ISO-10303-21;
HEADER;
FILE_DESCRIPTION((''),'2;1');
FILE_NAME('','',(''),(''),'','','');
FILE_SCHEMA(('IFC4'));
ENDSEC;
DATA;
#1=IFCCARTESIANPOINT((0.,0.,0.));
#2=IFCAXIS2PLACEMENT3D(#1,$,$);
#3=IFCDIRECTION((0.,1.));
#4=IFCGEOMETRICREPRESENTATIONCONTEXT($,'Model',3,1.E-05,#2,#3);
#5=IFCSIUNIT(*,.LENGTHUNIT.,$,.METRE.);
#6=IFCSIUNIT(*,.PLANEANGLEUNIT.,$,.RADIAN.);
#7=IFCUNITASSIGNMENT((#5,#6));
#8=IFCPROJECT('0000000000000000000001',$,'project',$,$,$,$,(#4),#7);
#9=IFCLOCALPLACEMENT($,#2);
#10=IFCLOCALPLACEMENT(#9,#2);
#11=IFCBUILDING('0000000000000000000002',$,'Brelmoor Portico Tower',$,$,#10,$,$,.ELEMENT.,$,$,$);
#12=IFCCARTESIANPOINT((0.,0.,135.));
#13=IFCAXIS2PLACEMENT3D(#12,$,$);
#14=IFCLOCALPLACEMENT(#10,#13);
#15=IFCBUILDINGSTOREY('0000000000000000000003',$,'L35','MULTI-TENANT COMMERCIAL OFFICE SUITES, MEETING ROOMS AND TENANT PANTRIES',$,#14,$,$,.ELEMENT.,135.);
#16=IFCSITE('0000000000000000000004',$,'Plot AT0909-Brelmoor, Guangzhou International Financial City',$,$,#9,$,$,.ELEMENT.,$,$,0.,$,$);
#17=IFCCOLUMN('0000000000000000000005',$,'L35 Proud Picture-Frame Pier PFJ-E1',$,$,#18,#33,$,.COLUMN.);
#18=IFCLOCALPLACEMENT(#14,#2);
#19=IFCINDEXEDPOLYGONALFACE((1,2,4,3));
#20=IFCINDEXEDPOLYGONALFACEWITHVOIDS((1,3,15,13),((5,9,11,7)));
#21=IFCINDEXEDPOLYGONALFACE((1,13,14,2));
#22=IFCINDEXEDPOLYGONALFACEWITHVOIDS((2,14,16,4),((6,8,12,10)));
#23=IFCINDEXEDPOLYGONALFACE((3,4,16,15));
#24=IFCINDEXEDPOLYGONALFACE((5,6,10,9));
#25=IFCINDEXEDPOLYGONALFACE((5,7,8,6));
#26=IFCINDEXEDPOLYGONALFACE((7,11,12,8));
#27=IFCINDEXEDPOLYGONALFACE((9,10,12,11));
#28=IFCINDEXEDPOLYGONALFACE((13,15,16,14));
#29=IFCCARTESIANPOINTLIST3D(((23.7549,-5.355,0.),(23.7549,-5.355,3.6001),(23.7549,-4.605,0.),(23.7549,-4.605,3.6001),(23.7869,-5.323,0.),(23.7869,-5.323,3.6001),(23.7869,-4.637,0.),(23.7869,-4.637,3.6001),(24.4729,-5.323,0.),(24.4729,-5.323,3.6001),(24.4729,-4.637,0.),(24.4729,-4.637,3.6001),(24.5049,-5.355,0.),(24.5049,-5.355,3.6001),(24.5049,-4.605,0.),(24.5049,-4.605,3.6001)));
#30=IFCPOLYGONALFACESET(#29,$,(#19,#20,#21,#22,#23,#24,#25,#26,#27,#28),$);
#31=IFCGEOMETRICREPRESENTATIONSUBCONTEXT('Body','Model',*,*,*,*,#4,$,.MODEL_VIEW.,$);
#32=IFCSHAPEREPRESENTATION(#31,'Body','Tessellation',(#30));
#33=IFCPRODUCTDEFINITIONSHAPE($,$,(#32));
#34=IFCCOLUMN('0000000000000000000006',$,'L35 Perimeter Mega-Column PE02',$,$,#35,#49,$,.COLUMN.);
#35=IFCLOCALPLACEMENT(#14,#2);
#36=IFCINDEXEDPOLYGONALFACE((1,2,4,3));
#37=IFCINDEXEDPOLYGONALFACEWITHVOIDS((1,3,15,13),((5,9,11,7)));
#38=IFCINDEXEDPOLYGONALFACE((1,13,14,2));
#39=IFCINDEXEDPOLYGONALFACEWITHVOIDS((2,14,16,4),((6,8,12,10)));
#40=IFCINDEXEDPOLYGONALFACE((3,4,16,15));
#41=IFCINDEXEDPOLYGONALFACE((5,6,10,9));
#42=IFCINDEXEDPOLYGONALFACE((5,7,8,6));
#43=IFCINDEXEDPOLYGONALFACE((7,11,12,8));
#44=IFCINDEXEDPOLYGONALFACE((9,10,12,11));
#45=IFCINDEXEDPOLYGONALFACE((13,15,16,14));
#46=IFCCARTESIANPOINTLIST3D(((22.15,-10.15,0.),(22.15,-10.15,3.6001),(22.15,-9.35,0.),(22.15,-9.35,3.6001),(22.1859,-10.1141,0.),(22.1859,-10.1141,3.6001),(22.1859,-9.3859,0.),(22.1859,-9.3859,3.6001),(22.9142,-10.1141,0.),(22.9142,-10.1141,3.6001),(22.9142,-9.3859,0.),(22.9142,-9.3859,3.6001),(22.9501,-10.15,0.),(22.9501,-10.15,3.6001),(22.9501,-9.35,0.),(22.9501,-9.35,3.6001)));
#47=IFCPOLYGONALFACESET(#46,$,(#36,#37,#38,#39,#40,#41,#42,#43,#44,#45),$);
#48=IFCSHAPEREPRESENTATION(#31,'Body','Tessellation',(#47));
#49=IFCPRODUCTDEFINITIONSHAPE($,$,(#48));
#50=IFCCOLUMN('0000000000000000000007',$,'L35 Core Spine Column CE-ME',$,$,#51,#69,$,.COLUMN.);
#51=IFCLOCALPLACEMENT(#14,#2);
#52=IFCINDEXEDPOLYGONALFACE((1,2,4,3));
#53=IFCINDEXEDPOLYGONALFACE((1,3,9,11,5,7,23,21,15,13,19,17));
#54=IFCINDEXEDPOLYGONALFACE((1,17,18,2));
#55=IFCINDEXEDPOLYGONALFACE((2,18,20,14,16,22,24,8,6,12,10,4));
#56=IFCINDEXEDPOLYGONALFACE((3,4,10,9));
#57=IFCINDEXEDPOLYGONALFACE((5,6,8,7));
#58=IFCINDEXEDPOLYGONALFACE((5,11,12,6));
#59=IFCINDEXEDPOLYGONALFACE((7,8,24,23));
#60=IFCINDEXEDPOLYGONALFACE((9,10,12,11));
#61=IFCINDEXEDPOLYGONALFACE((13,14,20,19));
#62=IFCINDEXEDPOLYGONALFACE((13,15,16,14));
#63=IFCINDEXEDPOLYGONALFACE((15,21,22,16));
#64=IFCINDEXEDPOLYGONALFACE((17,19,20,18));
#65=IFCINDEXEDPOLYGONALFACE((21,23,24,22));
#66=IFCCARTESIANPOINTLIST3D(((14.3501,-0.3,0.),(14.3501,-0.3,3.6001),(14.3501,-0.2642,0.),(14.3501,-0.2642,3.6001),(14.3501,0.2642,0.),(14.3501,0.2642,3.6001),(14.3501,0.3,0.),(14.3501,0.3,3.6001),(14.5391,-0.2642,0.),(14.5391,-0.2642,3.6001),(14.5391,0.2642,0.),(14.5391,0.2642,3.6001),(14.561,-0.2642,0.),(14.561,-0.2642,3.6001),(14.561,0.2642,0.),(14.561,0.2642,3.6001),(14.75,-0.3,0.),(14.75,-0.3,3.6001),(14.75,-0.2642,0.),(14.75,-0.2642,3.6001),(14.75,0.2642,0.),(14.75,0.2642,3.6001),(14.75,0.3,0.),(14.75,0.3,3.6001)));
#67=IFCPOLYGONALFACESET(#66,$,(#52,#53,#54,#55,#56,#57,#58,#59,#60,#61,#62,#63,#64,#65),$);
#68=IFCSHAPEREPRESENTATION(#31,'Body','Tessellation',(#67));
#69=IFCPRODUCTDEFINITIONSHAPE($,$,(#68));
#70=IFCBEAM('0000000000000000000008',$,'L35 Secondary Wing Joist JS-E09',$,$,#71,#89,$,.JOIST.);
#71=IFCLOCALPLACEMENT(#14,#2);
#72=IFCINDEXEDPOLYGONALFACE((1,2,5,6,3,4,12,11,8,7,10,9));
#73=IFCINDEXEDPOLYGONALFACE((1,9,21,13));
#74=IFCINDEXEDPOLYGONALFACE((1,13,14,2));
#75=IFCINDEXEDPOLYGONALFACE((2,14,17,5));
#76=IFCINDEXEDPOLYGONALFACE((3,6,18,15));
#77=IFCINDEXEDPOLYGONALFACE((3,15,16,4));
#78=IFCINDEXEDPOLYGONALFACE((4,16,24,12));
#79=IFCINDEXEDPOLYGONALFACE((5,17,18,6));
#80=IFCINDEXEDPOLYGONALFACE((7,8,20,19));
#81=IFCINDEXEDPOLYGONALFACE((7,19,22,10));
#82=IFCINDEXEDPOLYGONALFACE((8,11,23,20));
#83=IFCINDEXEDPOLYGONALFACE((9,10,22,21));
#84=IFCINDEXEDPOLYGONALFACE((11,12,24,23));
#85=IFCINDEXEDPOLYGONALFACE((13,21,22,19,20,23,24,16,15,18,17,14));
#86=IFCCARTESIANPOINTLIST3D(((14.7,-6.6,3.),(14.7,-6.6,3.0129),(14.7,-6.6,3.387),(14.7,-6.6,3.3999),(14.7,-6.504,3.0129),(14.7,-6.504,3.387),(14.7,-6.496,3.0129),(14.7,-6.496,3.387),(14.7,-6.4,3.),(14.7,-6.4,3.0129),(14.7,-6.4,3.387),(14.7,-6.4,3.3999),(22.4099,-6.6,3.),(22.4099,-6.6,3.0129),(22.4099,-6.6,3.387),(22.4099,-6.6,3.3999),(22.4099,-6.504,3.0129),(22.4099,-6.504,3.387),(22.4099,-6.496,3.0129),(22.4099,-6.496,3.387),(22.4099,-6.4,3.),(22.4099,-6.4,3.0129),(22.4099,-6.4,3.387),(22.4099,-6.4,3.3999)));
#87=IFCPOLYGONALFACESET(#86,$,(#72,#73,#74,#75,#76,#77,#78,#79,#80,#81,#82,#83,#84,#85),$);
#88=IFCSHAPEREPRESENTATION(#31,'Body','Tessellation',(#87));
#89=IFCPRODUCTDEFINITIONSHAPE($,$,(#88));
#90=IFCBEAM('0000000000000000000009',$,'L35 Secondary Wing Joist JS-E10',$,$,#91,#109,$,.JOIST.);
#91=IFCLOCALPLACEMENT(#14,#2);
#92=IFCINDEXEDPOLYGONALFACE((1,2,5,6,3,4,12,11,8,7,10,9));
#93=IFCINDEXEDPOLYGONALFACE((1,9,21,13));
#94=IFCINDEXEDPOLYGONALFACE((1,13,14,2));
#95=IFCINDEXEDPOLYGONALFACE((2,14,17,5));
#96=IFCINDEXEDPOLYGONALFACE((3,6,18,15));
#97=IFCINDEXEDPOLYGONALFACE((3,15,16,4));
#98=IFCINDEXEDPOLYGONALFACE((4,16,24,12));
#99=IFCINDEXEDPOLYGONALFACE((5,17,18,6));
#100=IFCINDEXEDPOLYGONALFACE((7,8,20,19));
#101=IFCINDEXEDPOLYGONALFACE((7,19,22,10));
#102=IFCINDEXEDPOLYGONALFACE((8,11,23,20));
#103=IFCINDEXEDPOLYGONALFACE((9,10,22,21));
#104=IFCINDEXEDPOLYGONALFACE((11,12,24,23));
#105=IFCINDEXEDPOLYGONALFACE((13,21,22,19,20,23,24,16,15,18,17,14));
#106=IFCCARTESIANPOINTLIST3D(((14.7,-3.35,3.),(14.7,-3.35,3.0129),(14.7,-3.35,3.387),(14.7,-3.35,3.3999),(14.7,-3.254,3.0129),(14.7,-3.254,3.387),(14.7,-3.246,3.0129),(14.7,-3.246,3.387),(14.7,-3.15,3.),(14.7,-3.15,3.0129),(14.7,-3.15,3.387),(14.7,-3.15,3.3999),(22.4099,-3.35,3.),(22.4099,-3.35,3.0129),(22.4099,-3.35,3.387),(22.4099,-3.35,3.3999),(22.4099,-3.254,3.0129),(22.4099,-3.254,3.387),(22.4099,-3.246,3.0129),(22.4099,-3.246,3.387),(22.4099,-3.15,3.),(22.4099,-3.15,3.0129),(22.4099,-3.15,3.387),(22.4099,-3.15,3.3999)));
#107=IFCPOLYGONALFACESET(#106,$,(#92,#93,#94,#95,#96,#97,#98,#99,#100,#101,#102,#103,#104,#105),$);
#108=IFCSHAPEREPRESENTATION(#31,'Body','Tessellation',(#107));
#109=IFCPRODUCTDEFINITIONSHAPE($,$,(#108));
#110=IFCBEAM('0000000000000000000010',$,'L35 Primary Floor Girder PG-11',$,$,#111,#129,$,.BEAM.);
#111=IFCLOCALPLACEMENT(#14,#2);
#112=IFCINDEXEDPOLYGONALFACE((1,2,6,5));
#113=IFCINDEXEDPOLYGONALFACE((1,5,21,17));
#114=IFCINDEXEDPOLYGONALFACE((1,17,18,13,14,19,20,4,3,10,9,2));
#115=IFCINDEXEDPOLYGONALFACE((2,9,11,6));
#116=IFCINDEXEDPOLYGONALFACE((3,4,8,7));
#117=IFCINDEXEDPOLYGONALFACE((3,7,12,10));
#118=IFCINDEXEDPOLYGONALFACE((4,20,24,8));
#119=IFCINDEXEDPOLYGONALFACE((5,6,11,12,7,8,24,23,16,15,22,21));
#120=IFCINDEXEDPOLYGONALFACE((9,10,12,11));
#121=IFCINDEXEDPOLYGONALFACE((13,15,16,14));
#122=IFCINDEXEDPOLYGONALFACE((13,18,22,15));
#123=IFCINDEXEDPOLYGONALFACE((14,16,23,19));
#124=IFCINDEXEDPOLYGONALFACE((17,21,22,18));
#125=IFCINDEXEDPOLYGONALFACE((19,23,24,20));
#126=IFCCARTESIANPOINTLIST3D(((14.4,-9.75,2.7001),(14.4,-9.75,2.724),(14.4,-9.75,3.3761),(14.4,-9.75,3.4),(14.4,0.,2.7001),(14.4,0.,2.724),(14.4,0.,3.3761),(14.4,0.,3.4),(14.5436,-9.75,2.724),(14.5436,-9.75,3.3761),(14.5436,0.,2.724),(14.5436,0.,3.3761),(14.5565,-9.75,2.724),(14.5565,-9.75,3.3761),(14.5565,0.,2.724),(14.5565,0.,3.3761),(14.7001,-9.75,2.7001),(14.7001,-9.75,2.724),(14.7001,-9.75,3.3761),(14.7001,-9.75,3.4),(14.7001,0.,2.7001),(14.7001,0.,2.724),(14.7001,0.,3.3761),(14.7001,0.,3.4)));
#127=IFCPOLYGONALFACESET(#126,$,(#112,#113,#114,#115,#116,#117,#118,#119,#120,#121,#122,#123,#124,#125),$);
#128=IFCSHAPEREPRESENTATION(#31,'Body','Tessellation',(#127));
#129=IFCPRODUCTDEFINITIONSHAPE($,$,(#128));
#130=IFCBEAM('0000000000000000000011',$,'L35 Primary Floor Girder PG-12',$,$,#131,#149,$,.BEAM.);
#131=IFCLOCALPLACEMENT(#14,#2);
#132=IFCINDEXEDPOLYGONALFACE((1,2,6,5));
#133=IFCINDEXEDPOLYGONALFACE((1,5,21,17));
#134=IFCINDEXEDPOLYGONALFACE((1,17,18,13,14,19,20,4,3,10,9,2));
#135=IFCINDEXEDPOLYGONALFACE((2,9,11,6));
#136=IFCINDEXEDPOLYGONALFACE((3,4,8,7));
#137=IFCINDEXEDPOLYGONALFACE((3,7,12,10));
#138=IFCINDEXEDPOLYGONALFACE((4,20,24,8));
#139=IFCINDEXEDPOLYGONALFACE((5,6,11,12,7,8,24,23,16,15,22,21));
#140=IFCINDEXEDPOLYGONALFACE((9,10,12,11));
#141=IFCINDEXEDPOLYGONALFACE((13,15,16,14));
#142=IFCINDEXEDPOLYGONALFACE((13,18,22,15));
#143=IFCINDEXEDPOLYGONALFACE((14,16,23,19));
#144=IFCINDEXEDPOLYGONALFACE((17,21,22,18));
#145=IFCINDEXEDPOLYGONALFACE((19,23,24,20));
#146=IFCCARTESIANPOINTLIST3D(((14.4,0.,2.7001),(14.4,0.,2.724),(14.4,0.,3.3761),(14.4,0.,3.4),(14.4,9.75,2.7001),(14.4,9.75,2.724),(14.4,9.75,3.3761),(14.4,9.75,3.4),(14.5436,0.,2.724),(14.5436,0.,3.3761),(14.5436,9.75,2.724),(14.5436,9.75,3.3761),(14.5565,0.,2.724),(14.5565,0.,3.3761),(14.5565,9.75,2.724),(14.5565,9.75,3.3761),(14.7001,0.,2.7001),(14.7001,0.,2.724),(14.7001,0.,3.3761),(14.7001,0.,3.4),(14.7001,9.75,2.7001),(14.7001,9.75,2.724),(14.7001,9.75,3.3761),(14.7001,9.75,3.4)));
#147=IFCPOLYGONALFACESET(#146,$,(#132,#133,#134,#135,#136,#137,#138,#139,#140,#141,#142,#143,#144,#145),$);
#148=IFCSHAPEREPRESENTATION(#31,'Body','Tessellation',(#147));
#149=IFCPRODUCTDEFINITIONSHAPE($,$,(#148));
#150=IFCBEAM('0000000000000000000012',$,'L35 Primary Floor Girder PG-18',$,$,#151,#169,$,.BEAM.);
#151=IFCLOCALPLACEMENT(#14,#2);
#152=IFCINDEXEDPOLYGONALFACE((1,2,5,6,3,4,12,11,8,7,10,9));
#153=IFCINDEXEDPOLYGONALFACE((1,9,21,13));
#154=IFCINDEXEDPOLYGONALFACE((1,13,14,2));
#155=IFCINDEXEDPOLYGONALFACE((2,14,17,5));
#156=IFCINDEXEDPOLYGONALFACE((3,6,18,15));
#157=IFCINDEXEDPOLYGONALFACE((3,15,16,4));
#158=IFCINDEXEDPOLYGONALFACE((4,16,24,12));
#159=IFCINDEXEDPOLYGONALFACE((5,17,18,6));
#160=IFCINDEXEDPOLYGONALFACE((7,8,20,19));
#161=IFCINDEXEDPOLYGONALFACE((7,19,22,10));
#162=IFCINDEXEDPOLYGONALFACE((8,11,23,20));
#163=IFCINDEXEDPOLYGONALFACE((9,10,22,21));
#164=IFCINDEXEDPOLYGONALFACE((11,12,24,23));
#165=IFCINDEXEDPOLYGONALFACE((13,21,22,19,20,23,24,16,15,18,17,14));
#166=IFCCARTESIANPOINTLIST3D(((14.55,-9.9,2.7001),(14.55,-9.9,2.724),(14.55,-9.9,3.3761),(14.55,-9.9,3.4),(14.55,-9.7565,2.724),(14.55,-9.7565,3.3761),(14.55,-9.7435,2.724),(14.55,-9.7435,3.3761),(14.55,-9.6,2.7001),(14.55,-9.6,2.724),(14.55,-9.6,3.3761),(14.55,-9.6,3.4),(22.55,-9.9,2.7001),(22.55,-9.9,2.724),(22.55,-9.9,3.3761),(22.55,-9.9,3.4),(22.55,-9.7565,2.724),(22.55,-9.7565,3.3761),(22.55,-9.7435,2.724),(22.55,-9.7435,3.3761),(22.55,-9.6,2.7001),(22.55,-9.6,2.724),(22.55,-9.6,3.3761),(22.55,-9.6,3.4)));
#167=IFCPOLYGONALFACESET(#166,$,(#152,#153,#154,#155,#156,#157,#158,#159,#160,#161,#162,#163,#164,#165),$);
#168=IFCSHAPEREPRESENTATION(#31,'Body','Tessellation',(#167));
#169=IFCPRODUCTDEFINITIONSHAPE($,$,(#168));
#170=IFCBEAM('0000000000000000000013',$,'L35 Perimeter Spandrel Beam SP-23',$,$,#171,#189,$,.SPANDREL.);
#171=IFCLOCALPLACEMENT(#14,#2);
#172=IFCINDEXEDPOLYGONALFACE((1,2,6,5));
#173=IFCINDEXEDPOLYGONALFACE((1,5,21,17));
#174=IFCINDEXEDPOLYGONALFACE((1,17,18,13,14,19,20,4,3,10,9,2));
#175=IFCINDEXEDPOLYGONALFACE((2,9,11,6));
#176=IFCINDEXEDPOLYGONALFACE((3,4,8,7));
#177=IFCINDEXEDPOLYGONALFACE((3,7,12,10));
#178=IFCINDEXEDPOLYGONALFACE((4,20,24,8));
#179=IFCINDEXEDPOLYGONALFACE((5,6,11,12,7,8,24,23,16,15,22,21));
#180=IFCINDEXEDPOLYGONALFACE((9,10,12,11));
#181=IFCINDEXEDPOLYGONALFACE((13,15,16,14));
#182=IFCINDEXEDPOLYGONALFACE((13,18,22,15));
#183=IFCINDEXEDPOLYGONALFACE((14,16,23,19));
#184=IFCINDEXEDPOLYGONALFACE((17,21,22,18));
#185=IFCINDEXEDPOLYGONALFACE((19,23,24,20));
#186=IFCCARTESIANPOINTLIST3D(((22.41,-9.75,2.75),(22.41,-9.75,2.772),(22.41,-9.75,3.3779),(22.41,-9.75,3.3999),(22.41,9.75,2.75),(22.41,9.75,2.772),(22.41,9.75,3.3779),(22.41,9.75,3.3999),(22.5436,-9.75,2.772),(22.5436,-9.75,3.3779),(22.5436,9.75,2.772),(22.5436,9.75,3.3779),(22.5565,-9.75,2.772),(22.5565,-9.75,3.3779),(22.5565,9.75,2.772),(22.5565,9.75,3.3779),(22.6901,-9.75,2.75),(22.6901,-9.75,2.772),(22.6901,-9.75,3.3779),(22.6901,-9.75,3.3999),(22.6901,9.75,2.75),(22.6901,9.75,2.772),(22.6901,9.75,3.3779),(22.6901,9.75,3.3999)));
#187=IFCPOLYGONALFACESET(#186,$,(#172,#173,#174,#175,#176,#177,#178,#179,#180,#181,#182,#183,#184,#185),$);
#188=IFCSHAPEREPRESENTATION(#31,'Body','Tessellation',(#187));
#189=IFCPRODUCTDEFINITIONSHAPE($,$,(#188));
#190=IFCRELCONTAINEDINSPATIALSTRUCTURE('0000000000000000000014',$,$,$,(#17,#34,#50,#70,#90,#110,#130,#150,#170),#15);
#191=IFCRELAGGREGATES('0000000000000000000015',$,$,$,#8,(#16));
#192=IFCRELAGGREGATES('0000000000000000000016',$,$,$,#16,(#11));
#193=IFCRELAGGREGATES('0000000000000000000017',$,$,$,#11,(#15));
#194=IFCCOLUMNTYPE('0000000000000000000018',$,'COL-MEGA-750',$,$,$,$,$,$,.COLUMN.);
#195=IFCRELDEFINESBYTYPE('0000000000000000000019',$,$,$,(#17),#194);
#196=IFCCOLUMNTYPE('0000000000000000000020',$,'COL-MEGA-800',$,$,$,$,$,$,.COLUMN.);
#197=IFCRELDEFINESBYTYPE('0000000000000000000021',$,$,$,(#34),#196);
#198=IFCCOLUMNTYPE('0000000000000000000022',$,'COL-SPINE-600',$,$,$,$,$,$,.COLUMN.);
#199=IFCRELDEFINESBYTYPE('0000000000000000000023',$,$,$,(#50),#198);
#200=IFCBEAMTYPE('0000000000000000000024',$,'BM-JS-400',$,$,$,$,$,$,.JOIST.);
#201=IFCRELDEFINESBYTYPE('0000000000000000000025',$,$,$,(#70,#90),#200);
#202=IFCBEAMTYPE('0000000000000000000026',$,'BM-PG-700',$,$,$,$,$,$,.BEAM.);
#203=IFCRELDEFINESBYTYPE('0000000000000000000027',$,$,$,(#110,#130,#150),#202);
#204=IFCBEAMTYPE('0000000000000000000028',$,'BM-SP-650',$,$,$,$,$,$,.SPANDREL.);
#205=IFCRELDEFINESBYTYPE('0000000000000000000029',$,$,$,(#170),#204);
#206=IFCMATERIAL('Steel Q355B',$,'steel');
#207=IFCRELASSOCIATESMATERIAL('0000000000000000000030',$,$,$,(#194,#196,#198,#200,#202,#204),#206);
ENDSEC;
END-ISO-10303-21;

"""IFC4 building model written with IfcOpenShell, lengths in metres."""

from ifc_helpers import new_model, si_unit, direction, frame, origin, origin_2d, place, context, subcontext, project, spatial, hollow_rectangle, i_section, extrude, material, material_profile, profile_set, type_object, element, save


model = new_model("IFC4")

# Units and contexts
model_context = context("Model", 3, precision=1e-05, world=origin(), true_north=direction((0.0, 1.0)))
body_context = subcontext(model_context, "Body", "Model", "MODEL_VIEW")
ifc_project = project(units=[si_unit("LENGTHUNIT", "METRE"), si_unit("PLANEANGLEUNIT", "RADIAN")], contexts=[model_context])

# Site, building, storey
site_placement = place(None, origin())
site = spatial("IfcSite", under=ifc_project, at=site_placement, Name="Plot AT0909-Brelmoor, Guangzhou International Financial City", CompositionType="ELEMENT", RefElevation=0.0)
building_placement = place(site_placement, origin())
building = spatial("IfcBuilding", under=site, at=building_placement, Name="Brelmoor Portico Tower", CompositionType="ELEMENT")
storey_placement = place(building_placement, frame((0.0, 0.0, 135.0)))
storey = spatial("IfcBuildingStorey", under=building, at=storey_placement, Name="L35", Description="MULTI-TENANT COMMERCIAL OFFICE SUITES, MEETING ROOMS AND TENANT PANTRIES", CompositionType="ELEMENT", Elevation=135.0)

# Columns
ifc_material_1 = material(Name="Steel Q355B", Category="steel")
ifc_material_profile_1 = material_profile(ifc_material_1, hollow_rectangle(XDim=0.75, YDim=0.75, WallThickness=0.032, at=origin_2d()), Name="BOX 750x750x32")
ifc_profile_set_1 = profile_set([ifc_material_profile_1], Name="Steel Q355B")
column_type_1 = type_object("IfcColumnType", Name="COL-MEGA-750", PredefinedType="COLUMN", material=ifc_profile_set_1)
column_1_placement = place(storey_placement, frame((24.1299, -4.98, 0.0), z_axis=(0.0, 0.0, 1.0), x_axis=(0.0, 1.0, 0.0)))
element("IfcColumn", 1, at=column_1_placement, inside=storey, type_object=column_type_1, Name="L35 Proud Picture-Frame Pier PFJ-E1", PredefinedType="COLUMN", context=body_context, shape_type="SweptSolid", body=[
    extrude(hollow_rectangle(XDim=0.75, YDim=0.75, WallThickness=0.032, at=origin_2d()), origin(), (0.0, 0.0, 1.0), 3.6001),
])
ifc_material_profile_2 = material_profile(ifc_material_1, hollow_rectangle(XDim=0.8, YDim=0.8, WallThickness=0.0359, at=origin_2d()), Name="BOX 800x800x36")
ifc_profile_set_2 = profile_set([ifc_material_profile_2], Name="Steel Q355B")
column_type_2 = type_object("IfcColumnType", Name="COL-MEGA-800", PredefinedType="COLUMN", material=ifc_profile_set_2)
column_2_placement = place(storey_placement, frame((22.55, -9.75, 0.0), z_axis=(0.0, 0.0, 1.0), x_axis=(0.0, 1.0, 0.0)))
element("IfcColumn", 2, at=column_2_placement, inside=storey, type_object=column_type_2, Name="L35 Perimeter Mega-Column PE02", PredefinedType="COLUMN", context=body_context, shape_type="SweptSolid", body=[
    extrude(hollow_rectangle(XDim=0.8, YDim=0.8, WallThickness=0.0359, at=origin_2d()), origin(), (0.0, 0.0, 1.0), 3.6001),
])
ifc_material_profile_3 = material_profile(ifc_material_1, i_section(OverallWidth=0.3999, OverallDepth=0.6001, WebThickness=0.022, FlangeThickness=0.0359, at=origin_2d()), Name="HW 600x400x22x36")
ifc_profile_set_3 = profile_set([ifc_material_profile_3], Name="Steel Q355B")
column_type_3 = type_object("IfcColumnType", Name="COL-SPINE-600", PredefinedType="COLUMN", material=ifc_profile_set_3)
column_3_placement = place(storey_placement, frame((14.55, 0.0, 0.0), z_axis=(0.0, 0.0, 1.0), x_axis=(1.0, 0.0, 0.0)))
element("IfcColumn", 3, at=column_3_placement, inside=storey, type_object=column_type_3, Name="L35 Core Spine Column CE-ME", PredefinedType="COLUMN", context=body_context, shape_type="SweptSolid", body=[
    extrude(i_section(OverallWidth=0.3999, OverallDepth=0.6001, WebThickness=0.022, FlangeThickness=0.0359, at=origin_2d()), origin(), (0.0, 0.0, 1.0), 3.6001),
])

# Beams
ifc_material_profile_4 = material_profile(ifc_material_1, i_section(OverallWidth=0.2, OverallDepth=0.3999, WebThickness=0.0081, FlangeThickness=0.0129, at=origin_2d()), Name="HN 400x200x8x13")
ifc_profile_set_4 = profile_set([ifc_material_profile_4], Name="Steel Q355B")
beam_type_1 = type_object("IfcBeamType", Name="BM-JS-400", PredefinedType="JOIST", material=ifc_profile_set_4)
for number, where, z_axis, x_axis, name in (
    (4, (14.7, -6.5, 3.2), (1.0, 0.0, 0.0), (0.0, 1.0, 0.0), "L35 Secondary Wing Joist JS-E09"),
    (5, (14.7, -3.25, 3.2), (1.0, 0.0, 0.0), (0.0, 1.0, 0.0), "L35 Secondary Wing Joist JS-E10"),
):
    element("IfcBeam", number, at=place(storey_placement, frame(where, z_axis=z_axis, x_axis=x_axis)), inside=storey, type_object=beam_type_1, Name=name, PredefinedType="JOIST", context=body_context, shape_type="SweptSolid", body=[
        extrude(i_section(OverallWidth=0.2, OverallDepth=0.3999, WebThickness=0.0081, FlangeThickness=0.0129, at=origin_2d()), origin(), (0.0, 0.0, 1.0), 7.71),
    ])
ifc_material_profile_5 = material_profile(ifc_material_1, i_section(OverallWidth=0.3, OverallDepth=0.7, WebThickness=0.0129, FlangeThickness=0.0239, at=origin_2d()), Name="HN 700x300x13x24")
ifc_profile_set_5 = profile_set([ifc_material_profile_5], Name="Steel Q355B")
beam_type_2 = type_object("IfcBeamType", Name="BM-PG-700", PredefinedType="BEAM", material=ifc_profile_set_5)
for number, where, z_axis, x_axis, name in (
    (6, (14.55, -9.75, 3.05), (0.0, 1.0, 0.0), (-1.0, 0.0, 0.0), "L35 Primary Floor Girder PG-11"),
    (7, (14.55, 0.0, 3.05), (0.0, 1.0, 0.0), (-1.0, 0.0, 0.0), "L35 Primary Floor Girder PG-12"),
):
    element("IfcBeam", number, at=place(storey_placement, frame(where, z_axis=z_axis, x_axis=x_axis)), inside=storey, type_object=beam_type_2, Name=name, PredefinedType="BEAM", context=body_context, shape_type="SweptSolid", body=[
        extrude(i_section(OverallWidth=0.3, OverallDepth=0.7, WebThickness=0.0129, FlangeThickness=0.0239, at=origin_2d()), origin(), (0.0, 0.0, 1.0), 9.75),
    ])
beam_1_placement = place(storey_placement, frame((14.55, -9.75, 3.05), z_axis=(1.0, 0.0, 0.0), x_axis=(0.0, 1.0, 0.0)))
element("IfcBeam", 8, at=beam_1_placement, inside=storey, type_object=beam_type_2, Name="L35 Primary Floor Girder PG-18", PredefinedType="BEAM", context=body_context, shape_type="SweptSolid", body=[
    extrude(i_section(OverallWidth=0.3, OverallDepth=0.7, WebThickness=0.0129, FlangeThickness=0.0239, at=origin_2d()), origin(), (0.0, 0.0, 1.0), 8.0),
])
ifc_material_profile_6 = material_profile(ifc_material_1, i_section(OverallWidth=0.28, OverallDepth=0.6499, WebThickness=0.0129, FlangeThickness=0.022, at=origin_2d()), Name="HN 650x280x13x22")
ifc_profile_set_6 = profile_set([ifc_material_profile_6], Name="Steel Q355B")
beam_type_3 = type_object("IfcBeamType", Name="BM-SP-650", PredefinedType="SPANDREL", material=ifc_profile_set_6)
beam_2_placement = place(storey_placement, frame((22.55, -9.75, 3.075), z_axis=(0.0, 1.0, 0.0), x_axis=(-1.0, 0.0, 0.0)))
element("IfcBeam", 9, at=beam_2_placement, inside=storey, type_object=beam_type_3, Name="L35 Perimeter Spandrel Beam SP-23", PredefinedType="SPANDREL", context=body_context, shape_type="SweptSolid", body=[
    extrude(i_section(OverallWidth=0.28, OverallDepth=0.6499, WebThickness=0.0129, FlangeThickness=0.022, at=origin_2d()), origin(), (0.0, 0.0, 1.0), 19.5),
])

save(model, "model.ifc")
